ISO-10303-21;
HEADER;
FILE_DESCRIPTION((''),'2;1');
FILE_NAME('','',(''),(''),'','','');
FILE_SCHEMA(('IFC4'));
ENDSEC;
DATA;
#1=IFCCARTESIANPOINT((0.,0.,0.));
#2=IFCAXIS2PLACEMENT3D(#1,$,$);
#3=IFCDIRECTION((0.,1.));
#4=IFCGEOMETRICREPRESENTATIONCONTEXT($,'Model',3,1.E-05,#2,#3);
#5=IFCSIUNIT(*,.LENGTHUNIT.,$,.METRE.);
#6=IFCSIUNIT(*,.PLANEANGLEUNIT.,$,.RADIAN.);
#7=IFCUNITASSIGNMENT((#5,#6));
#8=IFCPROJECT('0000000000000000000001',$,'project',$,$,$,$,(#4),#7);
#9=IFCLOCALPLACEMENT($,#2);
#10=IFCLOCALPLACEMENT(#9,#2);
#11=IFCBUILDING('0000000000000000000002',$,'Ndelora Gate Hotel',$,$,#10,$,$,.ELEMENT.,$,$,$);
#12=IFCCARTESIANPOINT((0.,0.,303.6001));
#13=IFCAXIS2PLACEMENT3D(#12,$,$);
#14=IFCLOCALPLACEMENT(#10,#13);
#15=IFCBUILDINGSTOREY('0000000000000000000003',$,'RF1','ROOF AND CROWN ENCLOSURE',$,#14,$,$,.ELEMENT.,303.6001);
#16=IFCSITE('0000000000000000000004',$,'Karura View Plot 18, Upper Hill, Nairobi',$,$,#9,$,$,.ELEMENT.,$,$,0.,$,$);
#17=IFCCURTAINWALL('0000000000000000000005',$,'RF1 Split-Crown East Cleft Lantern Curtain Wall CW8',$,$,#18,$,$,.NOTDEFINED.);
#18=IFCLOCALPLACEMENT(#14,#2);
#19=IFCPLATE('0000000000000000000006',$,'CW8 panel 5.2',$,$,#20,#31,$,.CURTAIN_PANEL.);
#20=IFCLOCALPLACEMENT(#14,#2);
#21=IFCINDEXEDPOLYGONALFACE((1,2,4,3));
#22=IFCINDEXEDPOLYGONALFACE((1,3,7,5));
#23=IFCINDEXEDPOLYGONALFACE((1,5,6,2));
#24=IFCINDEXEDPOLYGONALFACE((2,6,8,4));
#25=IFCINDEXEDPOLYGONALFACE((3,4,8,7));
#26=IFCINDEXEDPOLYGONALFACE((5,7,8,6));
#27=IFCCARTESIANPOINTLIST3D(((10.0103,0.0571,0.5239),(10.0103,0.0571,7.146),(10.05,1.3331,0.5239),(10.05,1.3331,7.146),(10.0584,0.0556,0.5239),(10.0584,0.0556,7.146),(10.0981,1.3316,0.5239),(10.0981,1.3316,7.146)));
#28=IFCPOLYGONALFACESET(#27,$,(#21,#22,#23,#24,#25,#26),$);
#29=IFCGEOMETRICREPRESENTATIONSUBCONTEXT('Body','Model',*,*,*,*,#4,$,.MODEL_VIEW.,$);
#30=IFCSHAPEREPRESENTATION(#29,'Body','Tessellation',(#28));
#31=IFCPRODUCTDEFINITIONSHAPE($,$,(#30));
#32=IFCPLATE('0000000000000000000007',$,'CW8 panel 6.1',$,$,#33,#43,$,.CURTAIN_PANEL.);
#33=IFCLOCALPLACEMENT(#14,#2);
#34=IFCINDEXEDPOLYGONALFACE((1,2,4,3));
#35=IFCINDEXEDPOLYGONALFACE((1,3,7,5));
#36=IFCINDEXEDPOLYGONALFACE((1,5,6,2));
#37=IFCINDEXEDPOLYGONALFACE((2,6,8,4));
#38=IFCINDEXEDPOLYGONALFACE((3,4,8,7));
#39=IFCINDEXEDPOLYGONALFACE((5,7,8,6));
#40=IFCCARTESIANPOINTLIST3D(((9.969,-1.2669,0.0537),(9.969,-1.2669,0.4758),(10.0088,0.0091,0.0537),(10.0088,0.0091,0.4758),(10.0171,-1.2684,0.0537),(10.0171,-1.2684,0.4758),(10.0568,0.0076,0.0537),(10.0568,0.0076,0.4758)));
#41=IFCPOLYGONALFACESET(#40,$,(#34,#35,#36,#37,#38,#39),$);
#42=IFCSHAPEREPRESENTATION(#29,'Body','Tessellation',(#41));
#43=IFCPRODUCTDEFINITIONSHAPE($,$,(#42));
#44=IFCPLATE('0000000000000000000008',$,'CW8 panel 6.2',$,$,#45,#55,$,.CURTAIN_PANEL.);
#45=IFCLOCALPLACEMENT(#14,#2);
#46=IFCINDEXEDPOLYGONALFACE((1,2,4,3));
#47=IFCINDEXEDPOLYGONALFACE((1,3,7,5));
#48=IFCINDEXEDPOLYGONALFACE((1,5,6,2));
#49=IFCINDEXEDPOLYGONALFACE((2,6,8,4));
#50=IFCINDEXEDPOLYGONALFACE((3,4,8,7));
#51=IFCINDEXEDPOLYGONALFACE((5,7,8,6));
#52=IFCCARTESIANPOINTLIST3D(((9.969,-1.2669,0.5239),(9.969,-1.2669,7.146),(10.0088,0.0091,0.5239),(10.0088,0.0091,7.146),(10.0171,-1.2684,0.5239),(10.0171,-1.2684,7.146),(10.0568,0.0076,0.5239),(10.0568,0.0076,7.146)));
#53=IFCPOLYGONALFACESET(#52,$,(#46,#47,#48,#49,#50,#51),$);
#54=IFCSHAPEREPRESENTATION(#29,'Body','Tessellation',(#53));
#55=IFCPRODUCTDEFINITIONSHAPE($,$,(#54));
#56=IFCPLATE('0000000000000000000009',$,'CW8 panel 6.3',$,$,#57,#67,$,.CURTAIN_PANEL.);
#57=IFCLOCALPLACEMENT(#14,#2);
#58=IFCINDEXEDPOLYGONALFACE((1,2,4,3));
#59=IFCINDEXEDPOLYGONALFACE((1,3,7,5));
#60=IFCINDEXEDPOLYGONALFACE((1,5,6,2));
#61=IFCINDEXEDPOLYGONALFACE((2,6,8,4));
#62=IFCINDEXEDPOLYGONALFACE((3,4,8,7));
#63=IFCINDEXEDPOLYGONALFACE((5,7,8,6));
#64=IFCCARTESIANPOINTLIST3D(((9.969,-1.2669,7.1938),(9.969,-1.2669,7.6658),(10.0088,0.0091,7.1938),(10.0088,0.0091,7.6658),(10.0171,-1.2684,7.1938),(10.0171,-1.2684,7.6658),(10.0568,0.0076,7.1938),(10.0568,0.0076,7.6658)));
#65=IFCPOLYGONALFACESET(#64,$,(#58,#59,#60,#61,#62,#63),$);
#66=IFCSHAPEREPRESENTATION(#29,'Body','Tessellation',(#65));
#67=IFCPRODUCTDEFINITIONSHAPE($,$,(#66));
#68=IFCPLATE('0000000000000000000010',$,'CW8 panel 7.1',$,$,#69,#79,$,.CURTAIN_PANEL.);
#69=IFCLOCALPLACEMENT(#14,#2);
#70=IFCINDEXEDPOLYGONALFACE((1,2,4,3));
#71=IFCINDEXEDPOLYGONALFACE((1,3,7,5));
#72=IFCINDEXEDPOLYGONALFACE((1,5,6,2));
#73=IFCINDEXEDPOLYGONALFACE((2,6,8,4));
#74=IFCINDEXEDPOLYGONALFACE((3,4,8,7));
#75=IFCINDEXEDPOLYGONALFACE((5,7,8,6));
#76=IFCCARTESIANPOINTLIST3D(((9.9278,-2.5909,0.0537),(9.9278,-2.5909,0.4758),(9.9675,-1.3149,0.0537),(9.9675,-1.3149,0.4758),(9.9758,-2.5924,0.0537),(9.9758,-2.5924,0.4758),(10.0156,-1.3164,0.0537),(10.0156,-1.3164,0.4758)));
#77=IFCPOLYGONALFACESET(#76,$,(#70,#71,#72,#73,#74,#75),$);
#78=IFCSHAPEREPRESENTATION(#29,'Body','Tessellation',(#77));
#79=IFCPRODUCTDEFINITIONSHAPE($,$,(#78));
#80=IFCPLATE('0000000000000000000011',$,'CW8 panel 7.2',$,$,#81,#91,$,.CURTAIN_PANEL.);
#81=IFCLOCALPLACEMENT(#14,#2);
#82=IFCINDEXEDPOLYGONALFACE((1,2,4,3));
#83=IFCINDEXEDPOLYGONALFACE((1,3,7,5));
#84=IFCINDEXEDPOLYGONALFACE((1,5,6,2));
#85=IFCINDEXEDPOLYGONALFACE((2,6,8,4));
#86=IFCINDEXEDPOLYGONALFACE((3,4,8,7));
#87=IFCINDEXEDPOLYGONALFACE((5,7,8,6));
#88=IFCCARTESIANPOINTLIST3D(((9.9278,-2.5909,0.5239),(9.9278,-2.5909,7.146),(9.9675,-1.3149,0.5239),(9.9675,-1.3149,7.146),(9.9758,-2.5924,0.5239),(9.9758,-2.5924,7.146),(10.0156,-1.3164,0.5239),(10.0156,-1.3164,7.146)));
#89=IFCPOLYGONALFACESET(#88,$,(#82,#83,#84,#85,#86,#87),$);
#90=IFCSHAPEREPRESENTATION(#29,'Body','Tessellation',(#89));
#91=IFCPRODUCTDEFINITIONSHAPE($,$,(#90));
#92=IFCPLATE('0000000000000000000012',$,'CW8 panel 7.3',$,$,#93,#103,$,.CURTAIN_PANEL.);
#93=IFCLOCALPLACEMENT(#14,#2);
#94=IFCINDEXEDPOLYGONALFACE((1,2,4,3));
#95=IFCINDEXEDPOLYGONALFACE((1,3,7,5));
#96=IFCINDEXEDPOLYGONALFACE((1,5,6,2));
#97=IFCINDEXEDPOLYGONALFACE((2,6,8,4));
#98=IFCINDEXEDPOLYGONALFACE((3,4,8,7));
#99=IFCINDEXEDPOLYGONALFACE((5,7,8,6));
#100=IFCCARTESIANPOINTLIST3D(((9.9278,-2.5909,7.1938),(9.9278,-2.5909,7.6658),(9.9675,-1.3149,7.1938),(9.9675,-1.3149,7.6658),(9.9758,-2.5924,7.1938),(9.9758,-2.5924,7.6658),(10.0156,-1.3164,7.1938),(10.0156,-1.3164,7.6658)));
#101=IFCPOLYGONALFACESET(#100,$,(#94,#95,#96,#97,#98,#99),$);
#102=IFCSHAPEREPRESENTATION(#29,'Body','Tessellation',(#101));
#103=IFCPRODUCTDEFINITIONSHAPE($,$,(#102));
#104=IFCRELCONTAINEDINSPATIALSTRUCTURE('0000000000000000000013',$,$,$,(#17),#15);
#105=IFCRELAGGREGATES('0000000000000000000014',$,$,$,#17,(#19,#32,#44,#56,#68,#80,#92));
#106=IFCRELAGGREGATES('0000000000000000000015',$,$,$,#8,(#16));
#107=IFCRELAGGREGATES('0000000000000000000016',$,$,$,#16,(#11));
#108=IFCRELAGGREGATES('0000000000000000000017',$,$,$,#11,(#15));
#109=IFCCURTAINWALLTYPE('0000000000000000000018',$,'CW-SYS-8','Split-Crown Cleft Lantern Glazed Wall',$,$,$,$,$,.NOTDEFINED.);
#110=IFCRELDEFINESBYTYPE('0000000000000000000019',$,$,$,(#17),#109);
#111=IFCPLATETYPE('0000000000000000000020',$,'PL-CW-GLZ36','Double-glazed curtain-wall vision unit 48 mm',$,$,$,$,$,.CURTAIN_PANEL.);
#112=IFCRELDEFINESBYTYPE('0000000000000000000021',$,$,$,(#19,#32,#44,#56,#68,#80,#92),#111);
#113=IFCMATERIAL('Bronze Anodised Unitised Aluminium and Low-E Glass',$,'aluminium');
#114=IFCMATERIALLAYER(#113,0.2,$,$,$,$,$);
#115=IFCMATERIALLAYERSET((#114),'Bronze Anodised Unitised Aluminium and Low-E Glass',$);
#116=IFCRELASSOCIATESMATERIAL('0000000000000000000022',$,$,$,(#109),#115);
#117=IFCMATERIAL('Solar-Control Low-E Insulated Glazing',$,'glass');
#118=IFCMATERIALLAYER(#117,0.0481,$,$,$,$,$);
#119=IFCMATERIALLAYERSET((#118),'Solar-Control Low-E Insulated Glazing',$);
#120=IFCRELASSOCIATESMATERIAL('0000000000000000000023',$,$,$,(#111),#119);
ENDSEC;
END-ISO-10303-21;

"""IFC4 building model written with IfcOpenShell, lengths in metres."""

from ifc_helpers import new_model, si_unit, direction, frame, origin, origin_2d, place, context, subcontext, project, spatial, rectangle, extrude, material, layer, layer_set, type_object, element, aggregate, save


model = new_model("IFC4")

# Units and contexts
model_context = context("Model", 3, precision=1e-05, world=origin(), true_north=direction((0.0, 1.0)))
body_context = subcontext(model_context, "Body", "Model", "MODEL_VIEW")
ifc_project = project(units=[si_unit("LENGTHUNIT", "METRE"), si_unit("PLANEANGLEUNIT", "RADIAN")], contexts=[model_context])

# Site, building, storey
site_placement = place(None, origin())
site = spatial("IfcSite", under=ifc_project, at=site_placement, Name="Karura View Plot 18, Upper Hill, Nairobi", CompositionType="ELEMENT", RefElevation=0.0)
building_placement = place(site_placement, origin())
building = spatial("IfcBuilding", under=site, at=building_placement, Name="Ndelora Gate Hotel", CompositionType="ELEMENT")
storey_placement = place(building_placement, frame((0.0, 0.0, 303.6001)))
storey = spatial("IfcBuildingStorey", under=building, at=storey_placement, Name="RF1", Description="ROOF AND CROWN ENCLOSURE", CompositionType="ELEMENT", Elevation=303.6001)

# Curtain wall
ifc_material_1 = material(Name="Bronze Anodised Unitised Aluminium and Low-E Glass", Category="aluminium")
ifc_layer_1 = layer(ifc_material_1, 0.2)
ifc_layer_set_1 = layer_set([ifc_layer_1], Name="Bronze Anodised Unitised Aluminium and Low-E Glass")
curtain_wall_type = type_object("IfcCurtainWallType", Name="CW-SYS-8", Description="Split-Crown Cleft Lantern Glazed Wall", PredefinedType="NOTDEFINED", material=ifc_layer_set_1)
curtain_wall_1_placement = place(storey_placement, origin())
curtain_wall_1 = element("IfcCurtainWall", 1, at=curtain_wall_1_placement, inside=storey, type_object=curtain_wall_type, Name="RF1 Split-Crown East Cleft Lantern Curtain Wall CW8", PredefinedType="NOTDEFINED")

# Plates
ifc_material_2 = material(Name="Solar-Control Low-E Insulated Glazing", Category="glass")
ifc_layer_2 = layer(ifc_material_2, 0.0481)
ifc_layer_set_2 = layer_set([ifc_layer_2], Name="Solar-Control Low-E Insulated Glazing")
plate_type = type_object("IfcPlateType", Name="PL-CW-GLZ36", Description="Double-glazed curtain-wall vision unit 48 mm", PredefinedType="CURTAIN_PANEL", material=ifc_layer_set_2)
plate_1_placement = place(storey_placement, frame((10.0542, 0.6943, 0.5239), z_axis=(0.0, 0.0, 1.0), x_axis=(-0.031131, -0.999515, 0.0)))
plate_1 = element("IfcPlate", 2, at=plate_1_placement, type_object=plate_type, Name="CW8 panel 5.2", PredefinedType="CURTAIN_PANEL", context=body_context, shape_type="SweptSolid", body=[
    extrude(rectangle(XDim=1.2766, YDim=0.0481, at=origin_2d()), origin(), (0.0, 0.0, 1.0), 6.6221),
])
plate_2_placement = place(storey_placement, frame((10.0129, -0.6296, 0.0537), z_axis=(0.0, 0.0, 1.0), x_axis=(-0.031131, -0.999515, 0.0)))
plate_2 = element("IfcPlate", 3, at=plate_2_placement, type_object=plate_type, Name="CW8 panel 6.1", PredefinedType="CURTAIN_PANEL", context=body_context, shape_type="SweptSolid", body=[
    extrude(rectangle(XDim=1.2766, YDim=0.0481, at=origin_2d()), origin(), (0.0, 0.0, 1.0), 0.4221),
])
plate_3_placement = place(storey_placement, frame((10.0129, -0.6296, 0.5239), z_axis=(0.0, 0.0, 1.0), x_axis=(-0.031131, -0.999515, 0.0)))
plate_3 = element("IfcPlate", 4, at=plate_3_placement, type_object=plate_type, Name="CW8 panel 6.2", PredefinedType="CURTAIN_PANEL", context=body_context, shape_type="SweptSolid", body=[
    extrude(rectangle(XDim=1.2766, YDim=0.0481, at=origin_2d()), origin(), (0.0, 0.0, 1.0), 6.6221),
])
plate_4_placement = place(storey_placement, frame((10.0129, -0.6296, 7.1938), z_axis=(0.0, 0.0, 1.0), x_axis=(-0.031131, -0.999515, 0.0)))
plate_4 = element("IfcPlate", 5, at=plate_4_placement, type_object=plate_type, Name="CW8 panel 6.3", PredefinedType="CURTAIN_PANEL", context=body_context, shape_type="SweptSolid", body=[
    extrude(rectangle(XDim=1.2766, YDim=0.0481, at=origin_2d()), origin(), (0.0, 0.0, 1.0), 0.4719),
])
plate_5_placement = place(storey_placement, frame((9.9717, -1.9536, 0.0537), z_axis=(0.0, 0.0, 1.0), x_axis=(-0.031131, -0.999515, 0.0)))
plate_5 = element("IfcPlate", 6, at=plate_5_placement, type_object=plate_type, Name="CW8 panel 7.1", PredefinedType="CURTAIN_PANEL", context=body_context, shape_type="SweptSolid", body=[
    extrude(rectangle(XDim=1.2766, YDim=0.0481, at=origin_2d()), origin(), (0.0, 0.0, 1.0), 0.4221),
])
plate_6_placement = place(storey_placement, frame((9.9717, -1.9536, 0.5239), z_axis=(0.0, 0.0, 1.0), x_axis=(-0.031131, -0.999515, 0.0)))
plate_6 = element("IfcPlate", 7, at=plate_6_placement, type_object=plate_type, Name="CW8 panel 7.2", PredefinedType="CURTAIN_PANEL", context=body_context, shape_type="SweptSolid", body=[
    extrude(rectangle(XDim=1.2766, YDim=0.0481, at=origin_2d()), origin(), (0.0, 0.0, 1.0), 6.6221),
])
plate_7_placement = place(storey_placement, frame((9.9717, -1.9536, 7.1938), z_axis=(0.0, 0.0, 1.0), x_axis=(-0.031131, -0.999515, 0.0)))
plate_7 = element("IfcPlate", 8, at=plate_7_placement, type_object=plate_type, Name="CW8 panel 7.3", PredefinedType="CURTAIN_PANEL", context=body_context, shape_type="SweptSolid", body=[
    extrude(rectangle(XDim=1.2766, YDim=0.0481, at=origin_2d()), origin(), (0.0, 0.0, 1.0), 0.4719),
])
aggregate(curtain_wall_1, [plate_1, plate_2, plate_3, plate_4, plate_5, plate_6, plate_7])

save(model, "model.ifc")
